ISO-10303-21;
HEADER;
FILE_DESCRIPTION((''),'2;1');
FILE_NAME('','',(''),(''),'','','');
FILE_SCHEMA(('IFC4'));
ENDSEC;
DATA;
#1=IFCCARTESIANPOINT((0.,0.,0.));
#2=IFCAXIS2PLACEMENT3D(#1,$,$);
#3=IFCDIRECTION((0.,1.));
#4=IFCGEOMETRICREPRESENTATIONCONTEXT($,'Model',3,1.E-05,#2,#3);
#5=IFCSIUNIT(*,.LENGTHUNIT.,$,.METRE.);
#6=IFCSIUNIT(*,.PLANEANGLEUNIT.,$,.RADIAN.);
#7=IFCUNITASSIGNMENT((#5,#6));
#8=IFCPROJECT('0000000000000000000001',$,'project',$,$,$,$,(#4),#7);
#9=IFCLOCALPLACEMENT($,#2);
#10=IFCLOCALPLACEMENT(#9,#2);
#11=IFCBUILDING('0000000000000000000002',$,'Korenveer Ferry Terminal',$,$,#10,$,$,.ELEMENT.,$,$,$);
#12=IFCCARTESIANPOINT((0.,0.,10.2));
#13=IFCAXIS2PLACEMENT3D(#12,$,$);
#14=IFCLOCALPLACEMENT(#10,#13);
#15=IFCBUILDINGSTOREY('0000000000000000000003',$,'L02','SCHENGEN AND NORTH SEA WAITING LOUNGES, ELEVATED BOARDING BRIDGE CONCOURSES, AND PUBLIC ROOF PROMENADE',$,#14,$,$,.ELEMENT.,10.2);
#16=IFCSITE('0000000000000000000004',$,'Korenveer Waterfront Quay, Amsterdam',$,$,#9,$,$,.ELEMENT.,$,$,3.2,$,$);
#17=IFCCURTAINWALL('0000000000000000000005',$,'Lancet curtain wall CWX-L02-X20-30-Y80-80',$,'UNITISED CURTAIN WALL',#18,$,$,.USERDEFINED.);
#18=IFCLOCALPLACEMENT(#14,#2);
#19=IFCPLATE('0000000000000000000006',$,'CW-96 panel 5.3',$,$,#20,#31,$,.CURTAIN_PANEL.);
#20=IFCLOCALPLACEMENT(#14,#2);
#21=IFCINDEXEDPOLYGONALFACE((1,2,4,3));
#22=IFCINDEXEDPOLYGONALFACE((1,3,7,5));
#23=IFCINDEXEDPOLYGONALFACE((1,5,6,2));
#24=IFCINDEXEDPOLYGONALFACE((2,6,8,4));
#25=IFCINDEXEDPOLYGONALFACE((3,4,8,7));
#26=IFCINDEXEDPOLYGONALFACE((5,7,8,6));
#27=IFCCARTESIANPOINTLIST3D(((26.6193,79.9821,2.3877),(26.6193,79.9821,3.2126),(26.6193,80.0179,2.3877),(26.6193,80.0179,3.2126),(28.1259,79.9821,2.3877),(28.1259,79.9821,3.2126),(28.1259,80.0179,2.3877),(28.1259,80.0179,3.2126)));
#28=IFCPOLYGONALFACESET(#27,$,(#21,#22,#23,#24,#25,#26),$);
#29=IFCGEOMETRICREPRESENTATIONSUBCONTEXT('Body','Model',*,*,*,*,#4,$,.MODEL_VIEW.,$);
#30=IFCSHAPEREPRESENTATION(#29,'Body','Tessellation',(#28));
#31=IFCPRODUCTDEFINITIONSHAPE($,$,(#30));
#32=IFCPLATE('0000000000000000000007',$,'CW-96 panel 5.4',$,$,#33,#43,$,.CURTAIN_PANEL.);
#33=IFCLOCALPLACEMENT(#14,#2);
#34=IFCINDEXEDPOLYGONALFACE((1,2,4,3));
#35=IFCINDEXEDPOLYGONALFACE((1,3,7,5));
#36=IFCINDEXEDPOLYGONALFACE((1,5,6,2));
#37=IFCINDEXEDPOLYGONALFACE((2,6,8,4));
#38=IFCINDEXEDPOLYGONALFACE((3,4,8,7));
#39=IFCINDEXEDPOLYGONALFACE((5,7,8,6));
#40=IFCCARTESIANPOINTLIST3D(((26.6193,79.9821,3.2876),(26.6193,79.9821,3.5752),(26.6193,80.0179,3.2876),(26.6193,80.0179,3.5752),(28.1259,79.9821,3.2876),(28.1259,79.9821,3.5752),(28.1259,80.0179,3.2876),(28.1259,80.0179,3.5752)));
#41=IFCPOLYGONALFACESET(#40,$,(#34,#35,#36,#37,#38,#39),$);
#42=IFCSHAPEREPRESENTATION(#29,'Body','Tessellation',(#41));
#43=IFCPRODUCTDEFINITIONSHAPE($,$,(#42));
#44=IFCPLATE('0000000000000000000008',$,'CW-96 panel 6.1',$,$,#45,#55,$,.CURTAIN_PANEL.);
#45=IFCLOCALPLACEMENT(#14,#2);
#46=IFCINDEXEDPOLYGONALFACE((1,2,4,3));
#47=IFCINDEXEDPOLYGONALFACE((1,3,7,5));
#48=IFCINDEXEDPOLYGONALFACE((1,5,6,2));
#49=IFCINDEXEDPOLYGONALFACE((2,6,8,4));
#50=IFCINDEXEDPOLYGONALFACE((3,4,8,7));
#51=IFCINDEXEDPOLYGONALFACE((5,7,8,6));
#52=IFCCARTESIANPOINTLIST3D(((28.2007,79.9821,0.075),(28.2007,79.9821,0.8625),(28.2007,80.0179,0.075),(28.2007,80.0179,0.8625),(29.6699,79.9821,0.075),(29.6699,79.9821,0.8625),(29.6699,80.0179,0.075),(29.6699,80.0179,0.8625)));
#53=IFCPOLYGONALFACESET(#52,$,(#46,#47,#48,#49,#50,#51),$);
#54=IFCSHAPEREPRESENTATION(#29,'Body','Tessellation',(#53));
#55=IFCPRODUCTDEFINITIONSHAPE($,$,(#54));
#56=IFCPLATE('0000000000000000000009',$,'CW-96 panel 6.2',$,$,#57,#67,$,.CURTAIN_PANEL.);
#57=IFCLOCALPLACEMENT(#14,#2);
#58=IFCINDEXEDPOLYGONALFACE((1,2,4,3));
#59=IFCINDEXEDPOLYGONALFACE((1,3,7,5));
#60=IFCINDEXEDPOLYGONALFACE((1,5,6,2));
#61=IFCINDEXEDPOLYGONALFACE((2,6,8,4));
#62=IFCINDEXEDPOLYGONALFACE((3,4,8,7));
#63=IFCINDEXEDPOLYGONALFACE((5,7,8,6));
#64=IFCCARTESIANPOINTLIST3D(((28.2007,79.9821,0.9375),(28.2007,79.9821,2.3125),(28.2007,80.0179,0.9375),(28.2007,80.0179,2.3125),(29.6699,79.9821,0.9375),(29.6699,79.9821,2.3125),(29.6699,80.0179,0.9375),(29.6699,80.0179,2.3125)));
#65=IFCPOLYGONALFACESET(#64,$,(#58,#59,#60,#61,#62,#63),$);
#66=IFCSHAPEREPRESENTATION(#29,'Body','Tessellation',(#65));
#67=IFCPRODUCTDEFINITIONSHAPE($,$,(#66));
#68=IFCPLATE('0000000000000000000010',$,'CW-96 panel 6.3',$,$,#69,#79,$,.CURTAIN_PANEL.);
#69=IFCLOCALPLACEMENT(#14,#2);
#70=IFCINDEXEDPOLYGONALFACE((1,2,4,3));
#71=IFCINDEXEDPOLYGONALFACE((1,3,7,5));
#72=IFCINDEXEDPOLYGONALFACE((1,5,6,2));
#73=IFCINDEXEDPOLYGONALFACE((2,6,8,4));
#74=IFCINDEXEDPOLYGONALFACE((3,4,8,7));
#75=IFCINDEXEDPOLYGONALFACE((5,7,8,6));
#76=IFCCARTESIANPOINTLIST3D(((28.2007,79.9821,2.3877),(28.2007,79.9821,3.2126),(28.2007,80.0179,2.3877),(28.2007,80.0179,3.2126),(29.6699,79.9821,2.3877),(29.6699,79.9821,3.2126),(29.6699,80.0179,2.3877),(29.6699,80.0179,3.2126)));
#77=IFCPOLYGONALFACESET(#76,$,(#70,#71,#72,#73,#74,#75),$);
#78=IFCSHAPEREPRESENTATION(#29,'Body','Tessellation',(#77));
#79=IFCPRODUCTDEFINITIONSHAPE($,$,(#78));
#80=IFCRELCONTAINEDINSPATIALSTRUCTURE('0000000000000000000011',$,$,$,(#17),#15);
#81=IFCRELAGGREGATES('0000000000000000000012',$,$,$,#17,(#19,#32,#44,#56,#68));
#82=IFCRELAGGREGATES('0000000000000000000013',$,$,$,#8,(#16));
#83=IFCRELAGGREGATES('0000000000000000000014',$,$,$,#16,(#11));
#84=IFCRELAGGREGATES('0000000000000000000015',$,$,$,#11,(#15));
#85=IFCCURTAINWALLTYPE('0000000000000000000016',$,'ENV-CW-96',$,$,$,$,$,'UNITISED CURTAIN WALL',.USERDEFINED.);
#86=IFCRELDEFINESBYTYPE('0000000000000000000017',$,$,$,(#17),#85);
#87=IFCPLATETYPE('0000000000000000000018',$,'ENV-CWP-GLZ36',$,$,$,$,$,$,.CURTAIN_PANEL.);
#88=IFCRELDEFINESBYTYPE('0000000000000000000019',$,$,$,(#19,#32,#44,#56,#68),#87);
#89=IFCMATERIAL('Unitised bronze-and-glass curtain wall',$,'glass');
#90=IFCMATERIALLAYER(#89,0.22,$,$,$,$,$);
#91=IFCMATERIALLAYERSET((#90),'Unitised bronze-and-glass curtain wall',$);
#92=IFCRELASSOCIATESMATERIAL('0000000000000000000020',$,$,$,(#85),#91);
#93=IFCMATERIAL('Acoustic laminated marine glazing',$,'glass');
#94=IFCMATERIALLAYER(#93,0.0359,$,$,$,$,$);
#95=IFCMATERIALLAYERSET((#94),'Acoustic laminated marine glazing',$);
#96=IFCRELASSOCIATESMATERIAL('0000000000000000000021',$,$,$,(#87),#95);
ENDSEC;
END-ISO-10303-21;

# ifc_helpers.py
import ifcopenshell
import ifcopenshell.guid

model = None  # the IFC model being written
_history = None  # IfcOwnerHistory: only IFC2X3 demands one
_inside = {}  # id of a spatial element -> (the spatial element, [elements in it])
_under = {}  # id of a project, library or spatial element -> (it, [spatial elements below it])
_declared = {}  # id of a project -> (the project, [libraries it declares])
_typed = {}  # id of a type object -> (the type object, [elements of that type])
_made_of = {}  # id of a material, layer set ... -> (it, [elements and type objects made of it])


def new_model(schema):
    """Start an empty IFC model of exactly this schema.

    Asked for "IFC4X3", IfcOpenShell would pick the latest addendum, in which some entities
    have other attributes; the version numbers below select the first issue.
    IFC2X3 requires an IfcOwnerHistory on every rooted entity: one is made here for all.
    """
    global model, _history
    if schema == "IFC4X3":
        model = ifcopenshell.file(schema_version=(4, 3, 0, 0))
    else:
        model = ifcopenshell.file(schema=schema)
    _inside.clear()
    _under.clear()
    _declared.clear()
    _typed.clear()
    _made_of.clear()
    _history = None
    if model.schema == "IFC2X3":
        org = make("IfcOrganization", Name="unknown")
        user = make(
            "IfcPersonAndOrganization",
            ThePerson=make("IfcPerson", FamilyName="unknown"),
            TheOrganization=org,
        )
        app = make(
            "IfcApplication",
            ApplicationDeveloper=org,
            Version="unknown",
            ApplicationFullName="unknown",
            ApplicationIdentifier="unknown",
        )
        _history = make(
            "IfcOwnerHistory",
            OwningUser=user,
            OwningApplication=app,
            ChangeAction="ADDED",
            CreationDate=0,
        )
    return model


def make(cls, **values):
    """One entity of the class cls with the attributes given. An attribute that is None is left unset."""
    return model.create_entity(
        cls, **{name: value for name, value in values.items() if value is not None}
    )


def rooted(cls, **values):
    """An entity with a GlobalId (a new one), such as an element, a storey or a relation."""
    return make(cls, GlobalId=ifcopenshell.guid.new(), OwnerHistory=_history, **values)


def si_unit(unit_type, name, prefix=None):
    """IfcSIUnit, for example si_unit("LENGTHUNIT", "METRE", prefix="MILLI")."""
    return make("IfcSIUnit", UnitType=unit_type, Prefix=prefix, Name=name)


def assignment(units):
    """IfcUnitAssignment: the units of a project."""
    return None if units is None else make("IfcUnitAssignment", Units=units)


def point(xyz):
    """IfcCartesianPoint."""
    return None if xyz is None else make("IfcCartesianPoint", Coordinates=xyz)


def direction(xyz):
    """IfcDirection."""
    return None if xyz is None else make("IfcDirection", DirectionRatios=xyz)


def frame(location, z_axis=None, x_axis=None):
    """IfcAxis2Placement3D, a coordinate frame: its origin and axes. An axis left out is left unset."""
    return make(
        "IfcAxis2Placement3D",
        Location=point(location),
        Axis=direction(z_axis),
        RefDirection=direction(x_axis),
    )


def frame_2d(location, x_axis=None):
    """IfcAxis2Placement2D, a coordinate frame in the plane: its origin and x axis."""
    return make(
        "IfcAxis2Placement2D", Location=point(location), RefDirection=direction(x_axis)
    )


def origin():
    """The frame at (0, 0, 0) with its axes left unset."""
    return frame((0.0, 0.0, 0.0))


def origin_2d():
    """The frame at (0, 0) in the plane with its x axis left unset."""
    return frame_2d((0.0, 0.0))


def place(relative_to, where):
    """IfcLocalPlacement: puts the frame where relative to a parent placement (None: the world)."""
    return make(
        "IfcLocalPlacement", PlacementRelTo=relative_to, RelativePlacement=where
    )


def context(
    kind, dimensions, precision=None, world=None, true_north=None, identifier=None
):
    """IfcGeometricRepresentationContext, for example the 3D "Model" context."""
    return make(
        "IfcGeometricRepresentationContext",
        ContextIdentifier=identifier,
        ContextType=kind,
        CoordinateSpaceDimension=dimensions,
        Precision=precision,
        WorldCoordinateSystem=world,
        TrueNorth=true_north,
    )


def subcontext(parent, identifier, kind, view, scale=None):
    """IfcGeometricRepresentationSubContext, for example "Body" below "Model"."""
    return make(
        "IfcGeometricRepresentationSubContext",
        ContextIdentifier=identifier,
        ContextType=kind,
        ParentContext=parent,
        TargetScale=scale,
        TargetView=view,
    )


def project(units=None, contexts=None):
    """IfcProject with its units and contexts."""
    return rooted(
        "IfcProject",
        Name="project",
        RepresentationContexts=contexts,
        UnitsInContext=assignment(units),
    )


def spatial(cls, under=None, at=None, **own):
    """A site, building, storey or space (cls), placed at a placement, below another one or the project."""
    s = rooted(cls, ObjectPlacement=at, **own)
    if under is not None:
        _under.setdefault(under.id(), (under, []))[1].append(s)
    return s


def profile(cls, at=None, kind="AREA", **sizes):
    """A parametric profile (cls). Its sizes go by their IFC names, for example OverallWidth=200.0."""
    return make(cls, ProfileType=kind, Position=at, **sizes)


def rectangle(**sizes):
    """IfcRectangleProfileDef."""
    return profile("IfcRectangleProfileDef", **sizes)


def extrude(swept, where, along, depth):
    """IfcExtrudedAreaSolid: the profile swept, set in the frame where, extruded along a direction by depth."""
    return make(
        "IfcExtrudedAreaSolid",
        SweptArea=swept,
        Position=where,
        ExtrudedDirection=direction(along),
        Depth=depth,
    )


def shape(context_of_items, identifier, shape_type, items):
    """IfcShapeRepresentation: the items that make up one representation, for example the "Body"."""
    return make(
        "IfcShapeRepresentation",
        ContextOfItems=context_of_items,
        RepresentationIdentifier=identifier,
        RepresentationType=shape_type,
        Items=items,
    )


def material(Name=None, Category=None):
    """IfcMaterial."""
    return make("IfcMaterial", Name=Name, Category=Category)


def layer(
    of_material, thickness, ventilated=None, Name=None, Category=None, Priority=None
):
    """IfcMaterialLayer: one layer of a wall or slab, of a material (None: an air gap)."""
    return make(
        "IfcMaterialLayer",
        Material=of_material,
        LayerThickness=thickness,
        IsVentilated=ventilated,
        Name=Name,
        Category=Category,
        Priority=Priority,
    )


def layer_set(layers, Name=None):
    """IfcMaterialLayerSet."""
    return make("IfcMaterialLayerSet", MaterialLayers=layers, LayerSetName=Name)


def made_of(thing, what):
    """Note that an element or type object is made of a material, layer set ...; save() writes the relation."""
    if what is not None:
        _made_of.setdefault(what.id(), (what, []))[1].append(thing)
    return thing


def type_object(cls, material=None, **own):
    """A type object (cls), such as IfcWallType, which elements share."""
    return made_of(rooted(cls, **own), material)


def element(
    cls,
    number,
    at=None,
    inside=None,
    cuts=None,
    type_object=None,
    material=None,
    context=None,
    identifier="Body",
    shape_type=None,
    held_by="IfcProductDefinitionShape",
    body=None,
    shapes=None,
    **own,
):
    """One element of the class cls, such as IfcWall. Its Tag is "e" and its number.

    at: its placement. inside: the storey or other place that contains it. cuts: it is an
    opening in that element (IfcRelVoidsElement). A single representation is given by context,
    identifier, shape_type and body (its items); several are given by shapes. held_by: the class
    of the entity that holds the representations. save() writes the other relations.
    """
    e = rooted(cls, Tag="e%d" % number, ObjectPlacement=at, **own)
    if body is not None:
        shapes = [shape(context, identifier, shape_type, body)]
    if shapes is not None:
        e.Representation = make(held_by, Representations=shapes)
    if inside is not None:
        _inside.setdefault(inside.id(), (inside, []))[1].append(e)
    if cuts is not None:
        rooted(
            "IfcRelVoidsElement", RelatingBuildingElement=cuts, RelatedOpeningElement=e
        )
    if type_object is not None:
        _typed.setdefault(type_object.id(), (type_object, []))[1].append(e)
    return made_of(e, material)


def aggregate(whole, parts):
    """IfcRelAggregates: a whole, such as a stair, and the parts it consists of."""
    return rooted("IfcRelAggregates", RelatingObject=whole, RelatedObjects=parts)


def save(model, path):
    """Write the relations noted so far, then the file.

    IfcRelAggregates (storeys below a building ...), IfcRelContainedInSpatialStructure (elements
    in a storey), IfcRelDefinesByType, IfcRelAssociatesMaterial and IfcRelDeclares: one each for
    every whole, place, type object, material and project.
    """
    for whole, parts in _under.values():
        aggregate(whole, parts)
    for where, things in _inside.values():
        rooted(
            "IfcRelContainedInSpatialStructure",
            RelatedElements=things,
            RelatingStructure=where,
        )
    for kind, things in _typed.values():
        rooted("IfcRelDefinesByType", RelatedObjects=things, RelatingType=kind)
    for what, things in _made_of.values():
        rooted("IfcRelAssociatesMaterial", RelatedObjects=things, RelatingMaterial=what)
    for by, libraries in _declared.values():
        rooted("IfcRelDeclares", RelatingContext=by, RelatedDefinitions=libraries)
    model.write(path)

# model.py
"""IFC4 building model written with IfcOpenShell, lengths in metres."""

from ifc_helpers import new_model, si_unit, direction, frame, origin, origin_2d, place, context, subcontext, project, spatial, rectangle, extrude, material, layer, layer_set, type_object, element, aggregate, save


model = new_model("IFC4")

# Units and contexts
model_context = context("Model", 3, precision=1e-05, world=origin(), true_north=direction((0.0, 1.0)))
body_context = subcontext(model_context, "Body", "Model", "MODEL_VIEW")
ifc_project = project(units=[si_unit("LENGTHUNIT", "METRE"), si_unit("PLANEANGLEUNIT", "RADIAN")], contexts=[model_context])

# Site, building, storey
site_placement = place(None, origin())
site = spatial("IfcSite", under=ifc_project, at=site_placement, Name="Korenveer Waterfront Quay, Amsterdam", CompositionType="ELEMENT", RefElevation=3.2)
building_placement = place(site_placement, origin())
building = spatial("IfcBuilding", under=site, at=building_placement, Name="Korenveer Ferry Terminal", CompositionType="ELEMENT")
storey_placement = place(building_placement, frame((0.0, 0.0, 10.2)))
storey = spatial("IfcBuildingStorey", under=building, at=storey_placement, Name="L02", Description="SCHENGEN AND NORTH SEA WAITING LOUNGES, ELEVATED BOARDING BRIDGE CONCOURSES, AND PUBLIC ROOF PROMENADE", CompositionType="ELEMENT", Elevation=10.2)

# Curtain wall, plates
ifc_material_1 = material(Name="Unitised bronze-and-glass curtain wall", Category="glass")
ifc_layer_1 = layer(ifc_material_1, 0.22)
ifc_layer_set_1 = layer_set([ifc_layer_1], Name="Unitised bronze-and-glass curtain wall")
curtain_wall_type = type_object("IfcCurtainWallType", Name="ENV-CW-96", ElementType="UNITISED CURTAIN WALL", PredefinedType="USERDEFINED", material=ifc_layer_set_1)
curtain_wall_placement = place(storey_placement, frame((20.2549, 80.0, 0.0)))
curtain_wall = element("IfcCurtainWall", 1, at=curtain_wall_placement, inside=storey, type_object=curtain_wall_type, Name="Lancet curtain wall CWX-L02-X20-30-Y80-80", ObjectType="UNITISED CURTAIN WALL", PredefinedType="USERDEFINED")
ifc_material_2 = material(Name="Acoustic laminated marine glazing", Category="glass")
ifc_layer_2 = layer(ifc_material_2, 0.0359)
ifc_layer_set_2 = layer_set([ifc_layer_2], Name="Acoustic laminated marine glazing")
plate_type = type_object("IfcPlateType", Name="ENV-CWP-GLZ36", PredefinedType="CURTAIN_PANEL", material=ifc_layer_set_2)
plate_1_placement = place(storey_placement, frame((27.3726, 80.0, 2.3877), z_axis=(0.0, 0.0, 1.0), x_axis=(1.0, 0.0, 0.0)))
plate_1 = element("IfcPlate", 2, at=plate_1_placement, type_object=plate_type, Name="CW-96 panel 5.3", PredefinedType="CURTAIN_PANEL", context=body_context, shape_type="SweptSolid", body=[
    extrude(rectangle(XDim=1.5066, YDim=0.0359, at=origin_2d()), origin(), (0.0, 0.0, 1.0), 0.825),
])
plate_2_placement = place(storey_placement, frame((27.3726, 80.0, 3.2876), z_axis=(0.0, 0.0, 1.0), x_axis=(1.0, 0.0, 0.0)))
plate_2 = element("IfcPlate", 3, at=plate_2_placement, type_object=plate_type, Name="CW-96 panel 5.4", PredefinedType="CURTAIN_PANEL", context=body_context, shape_type="SweptSolid", body=[
    extrude(rectangle(XDim=1.5066, YDim=0.0359, at=origin_2d()), origin(), (0.0, 0.0, 1.0), 0.2876),
])
plate_3_placement = place(storey_placement, frame((28.9353, 80.0, 0.075), z_axis=(0.0, 0.0, 1.0), x_axis=(1.0, 0.0, 0.0)))
plate_3 = element("IfcPlate", 4, at=plate_3_placement, type_object=plate_type, Name="CW-96 panel 6.1", PredefinedType="CURTAIN_PANEL", context=body_context, shape_type="SweptSolid", body=[
    extrude(rectangle(XDim=1.4692, YDim=0.0359, at=origin_2d()), origin(), (0.0, 0.0, 1.0), 0.7876),
])
plate_4_placement = place(storey_placement, frame((28.9353, 80.0, 0.9375), z_axis=(0.0, 0.0, 1.0), x_axis=(1.0, 0.0, 0.0)))
plate_4 = element("IfcPlate", 5, at=plate_4_placement, type_object=plate_type, Name="CW-96 panel 6.2", PredefinedType="CURTAIN_PANEL", context=body_context, shape_type="SweptSolid", body=[
    extrude(rectangle(XDim=1.4692, YDim=0.0359, at=origin_2d()), origin(), (0.0, 0.0, 1.0), 1.375),
])
plate_5_placement = place(storey_placement, frame((28.9353, 80.0, 2.3877), z_axis=(0.0, 0.0, 1.0), x_axis=(1.0, 0.0, 0.0)))
plate_5 = element("IfcPlate", 6, at=plate_5_placement, type_object=plate_type, Name="CW-96 panel 6.3", PredefinedType="CURTAIN_PANEL", context=body_context, shape_type="SweptSolid", body=[
    extrude(rectangle(XDim=1.4692, YDim=0.0359, at=origin_2d()), origin(), (0.0, 0.0, 1.0), 0.825),
])
aggregate(curtain_wall, [plate_1, plate_2, plate_3, plate_4, plate_5])

save(model, "model.ifc")
